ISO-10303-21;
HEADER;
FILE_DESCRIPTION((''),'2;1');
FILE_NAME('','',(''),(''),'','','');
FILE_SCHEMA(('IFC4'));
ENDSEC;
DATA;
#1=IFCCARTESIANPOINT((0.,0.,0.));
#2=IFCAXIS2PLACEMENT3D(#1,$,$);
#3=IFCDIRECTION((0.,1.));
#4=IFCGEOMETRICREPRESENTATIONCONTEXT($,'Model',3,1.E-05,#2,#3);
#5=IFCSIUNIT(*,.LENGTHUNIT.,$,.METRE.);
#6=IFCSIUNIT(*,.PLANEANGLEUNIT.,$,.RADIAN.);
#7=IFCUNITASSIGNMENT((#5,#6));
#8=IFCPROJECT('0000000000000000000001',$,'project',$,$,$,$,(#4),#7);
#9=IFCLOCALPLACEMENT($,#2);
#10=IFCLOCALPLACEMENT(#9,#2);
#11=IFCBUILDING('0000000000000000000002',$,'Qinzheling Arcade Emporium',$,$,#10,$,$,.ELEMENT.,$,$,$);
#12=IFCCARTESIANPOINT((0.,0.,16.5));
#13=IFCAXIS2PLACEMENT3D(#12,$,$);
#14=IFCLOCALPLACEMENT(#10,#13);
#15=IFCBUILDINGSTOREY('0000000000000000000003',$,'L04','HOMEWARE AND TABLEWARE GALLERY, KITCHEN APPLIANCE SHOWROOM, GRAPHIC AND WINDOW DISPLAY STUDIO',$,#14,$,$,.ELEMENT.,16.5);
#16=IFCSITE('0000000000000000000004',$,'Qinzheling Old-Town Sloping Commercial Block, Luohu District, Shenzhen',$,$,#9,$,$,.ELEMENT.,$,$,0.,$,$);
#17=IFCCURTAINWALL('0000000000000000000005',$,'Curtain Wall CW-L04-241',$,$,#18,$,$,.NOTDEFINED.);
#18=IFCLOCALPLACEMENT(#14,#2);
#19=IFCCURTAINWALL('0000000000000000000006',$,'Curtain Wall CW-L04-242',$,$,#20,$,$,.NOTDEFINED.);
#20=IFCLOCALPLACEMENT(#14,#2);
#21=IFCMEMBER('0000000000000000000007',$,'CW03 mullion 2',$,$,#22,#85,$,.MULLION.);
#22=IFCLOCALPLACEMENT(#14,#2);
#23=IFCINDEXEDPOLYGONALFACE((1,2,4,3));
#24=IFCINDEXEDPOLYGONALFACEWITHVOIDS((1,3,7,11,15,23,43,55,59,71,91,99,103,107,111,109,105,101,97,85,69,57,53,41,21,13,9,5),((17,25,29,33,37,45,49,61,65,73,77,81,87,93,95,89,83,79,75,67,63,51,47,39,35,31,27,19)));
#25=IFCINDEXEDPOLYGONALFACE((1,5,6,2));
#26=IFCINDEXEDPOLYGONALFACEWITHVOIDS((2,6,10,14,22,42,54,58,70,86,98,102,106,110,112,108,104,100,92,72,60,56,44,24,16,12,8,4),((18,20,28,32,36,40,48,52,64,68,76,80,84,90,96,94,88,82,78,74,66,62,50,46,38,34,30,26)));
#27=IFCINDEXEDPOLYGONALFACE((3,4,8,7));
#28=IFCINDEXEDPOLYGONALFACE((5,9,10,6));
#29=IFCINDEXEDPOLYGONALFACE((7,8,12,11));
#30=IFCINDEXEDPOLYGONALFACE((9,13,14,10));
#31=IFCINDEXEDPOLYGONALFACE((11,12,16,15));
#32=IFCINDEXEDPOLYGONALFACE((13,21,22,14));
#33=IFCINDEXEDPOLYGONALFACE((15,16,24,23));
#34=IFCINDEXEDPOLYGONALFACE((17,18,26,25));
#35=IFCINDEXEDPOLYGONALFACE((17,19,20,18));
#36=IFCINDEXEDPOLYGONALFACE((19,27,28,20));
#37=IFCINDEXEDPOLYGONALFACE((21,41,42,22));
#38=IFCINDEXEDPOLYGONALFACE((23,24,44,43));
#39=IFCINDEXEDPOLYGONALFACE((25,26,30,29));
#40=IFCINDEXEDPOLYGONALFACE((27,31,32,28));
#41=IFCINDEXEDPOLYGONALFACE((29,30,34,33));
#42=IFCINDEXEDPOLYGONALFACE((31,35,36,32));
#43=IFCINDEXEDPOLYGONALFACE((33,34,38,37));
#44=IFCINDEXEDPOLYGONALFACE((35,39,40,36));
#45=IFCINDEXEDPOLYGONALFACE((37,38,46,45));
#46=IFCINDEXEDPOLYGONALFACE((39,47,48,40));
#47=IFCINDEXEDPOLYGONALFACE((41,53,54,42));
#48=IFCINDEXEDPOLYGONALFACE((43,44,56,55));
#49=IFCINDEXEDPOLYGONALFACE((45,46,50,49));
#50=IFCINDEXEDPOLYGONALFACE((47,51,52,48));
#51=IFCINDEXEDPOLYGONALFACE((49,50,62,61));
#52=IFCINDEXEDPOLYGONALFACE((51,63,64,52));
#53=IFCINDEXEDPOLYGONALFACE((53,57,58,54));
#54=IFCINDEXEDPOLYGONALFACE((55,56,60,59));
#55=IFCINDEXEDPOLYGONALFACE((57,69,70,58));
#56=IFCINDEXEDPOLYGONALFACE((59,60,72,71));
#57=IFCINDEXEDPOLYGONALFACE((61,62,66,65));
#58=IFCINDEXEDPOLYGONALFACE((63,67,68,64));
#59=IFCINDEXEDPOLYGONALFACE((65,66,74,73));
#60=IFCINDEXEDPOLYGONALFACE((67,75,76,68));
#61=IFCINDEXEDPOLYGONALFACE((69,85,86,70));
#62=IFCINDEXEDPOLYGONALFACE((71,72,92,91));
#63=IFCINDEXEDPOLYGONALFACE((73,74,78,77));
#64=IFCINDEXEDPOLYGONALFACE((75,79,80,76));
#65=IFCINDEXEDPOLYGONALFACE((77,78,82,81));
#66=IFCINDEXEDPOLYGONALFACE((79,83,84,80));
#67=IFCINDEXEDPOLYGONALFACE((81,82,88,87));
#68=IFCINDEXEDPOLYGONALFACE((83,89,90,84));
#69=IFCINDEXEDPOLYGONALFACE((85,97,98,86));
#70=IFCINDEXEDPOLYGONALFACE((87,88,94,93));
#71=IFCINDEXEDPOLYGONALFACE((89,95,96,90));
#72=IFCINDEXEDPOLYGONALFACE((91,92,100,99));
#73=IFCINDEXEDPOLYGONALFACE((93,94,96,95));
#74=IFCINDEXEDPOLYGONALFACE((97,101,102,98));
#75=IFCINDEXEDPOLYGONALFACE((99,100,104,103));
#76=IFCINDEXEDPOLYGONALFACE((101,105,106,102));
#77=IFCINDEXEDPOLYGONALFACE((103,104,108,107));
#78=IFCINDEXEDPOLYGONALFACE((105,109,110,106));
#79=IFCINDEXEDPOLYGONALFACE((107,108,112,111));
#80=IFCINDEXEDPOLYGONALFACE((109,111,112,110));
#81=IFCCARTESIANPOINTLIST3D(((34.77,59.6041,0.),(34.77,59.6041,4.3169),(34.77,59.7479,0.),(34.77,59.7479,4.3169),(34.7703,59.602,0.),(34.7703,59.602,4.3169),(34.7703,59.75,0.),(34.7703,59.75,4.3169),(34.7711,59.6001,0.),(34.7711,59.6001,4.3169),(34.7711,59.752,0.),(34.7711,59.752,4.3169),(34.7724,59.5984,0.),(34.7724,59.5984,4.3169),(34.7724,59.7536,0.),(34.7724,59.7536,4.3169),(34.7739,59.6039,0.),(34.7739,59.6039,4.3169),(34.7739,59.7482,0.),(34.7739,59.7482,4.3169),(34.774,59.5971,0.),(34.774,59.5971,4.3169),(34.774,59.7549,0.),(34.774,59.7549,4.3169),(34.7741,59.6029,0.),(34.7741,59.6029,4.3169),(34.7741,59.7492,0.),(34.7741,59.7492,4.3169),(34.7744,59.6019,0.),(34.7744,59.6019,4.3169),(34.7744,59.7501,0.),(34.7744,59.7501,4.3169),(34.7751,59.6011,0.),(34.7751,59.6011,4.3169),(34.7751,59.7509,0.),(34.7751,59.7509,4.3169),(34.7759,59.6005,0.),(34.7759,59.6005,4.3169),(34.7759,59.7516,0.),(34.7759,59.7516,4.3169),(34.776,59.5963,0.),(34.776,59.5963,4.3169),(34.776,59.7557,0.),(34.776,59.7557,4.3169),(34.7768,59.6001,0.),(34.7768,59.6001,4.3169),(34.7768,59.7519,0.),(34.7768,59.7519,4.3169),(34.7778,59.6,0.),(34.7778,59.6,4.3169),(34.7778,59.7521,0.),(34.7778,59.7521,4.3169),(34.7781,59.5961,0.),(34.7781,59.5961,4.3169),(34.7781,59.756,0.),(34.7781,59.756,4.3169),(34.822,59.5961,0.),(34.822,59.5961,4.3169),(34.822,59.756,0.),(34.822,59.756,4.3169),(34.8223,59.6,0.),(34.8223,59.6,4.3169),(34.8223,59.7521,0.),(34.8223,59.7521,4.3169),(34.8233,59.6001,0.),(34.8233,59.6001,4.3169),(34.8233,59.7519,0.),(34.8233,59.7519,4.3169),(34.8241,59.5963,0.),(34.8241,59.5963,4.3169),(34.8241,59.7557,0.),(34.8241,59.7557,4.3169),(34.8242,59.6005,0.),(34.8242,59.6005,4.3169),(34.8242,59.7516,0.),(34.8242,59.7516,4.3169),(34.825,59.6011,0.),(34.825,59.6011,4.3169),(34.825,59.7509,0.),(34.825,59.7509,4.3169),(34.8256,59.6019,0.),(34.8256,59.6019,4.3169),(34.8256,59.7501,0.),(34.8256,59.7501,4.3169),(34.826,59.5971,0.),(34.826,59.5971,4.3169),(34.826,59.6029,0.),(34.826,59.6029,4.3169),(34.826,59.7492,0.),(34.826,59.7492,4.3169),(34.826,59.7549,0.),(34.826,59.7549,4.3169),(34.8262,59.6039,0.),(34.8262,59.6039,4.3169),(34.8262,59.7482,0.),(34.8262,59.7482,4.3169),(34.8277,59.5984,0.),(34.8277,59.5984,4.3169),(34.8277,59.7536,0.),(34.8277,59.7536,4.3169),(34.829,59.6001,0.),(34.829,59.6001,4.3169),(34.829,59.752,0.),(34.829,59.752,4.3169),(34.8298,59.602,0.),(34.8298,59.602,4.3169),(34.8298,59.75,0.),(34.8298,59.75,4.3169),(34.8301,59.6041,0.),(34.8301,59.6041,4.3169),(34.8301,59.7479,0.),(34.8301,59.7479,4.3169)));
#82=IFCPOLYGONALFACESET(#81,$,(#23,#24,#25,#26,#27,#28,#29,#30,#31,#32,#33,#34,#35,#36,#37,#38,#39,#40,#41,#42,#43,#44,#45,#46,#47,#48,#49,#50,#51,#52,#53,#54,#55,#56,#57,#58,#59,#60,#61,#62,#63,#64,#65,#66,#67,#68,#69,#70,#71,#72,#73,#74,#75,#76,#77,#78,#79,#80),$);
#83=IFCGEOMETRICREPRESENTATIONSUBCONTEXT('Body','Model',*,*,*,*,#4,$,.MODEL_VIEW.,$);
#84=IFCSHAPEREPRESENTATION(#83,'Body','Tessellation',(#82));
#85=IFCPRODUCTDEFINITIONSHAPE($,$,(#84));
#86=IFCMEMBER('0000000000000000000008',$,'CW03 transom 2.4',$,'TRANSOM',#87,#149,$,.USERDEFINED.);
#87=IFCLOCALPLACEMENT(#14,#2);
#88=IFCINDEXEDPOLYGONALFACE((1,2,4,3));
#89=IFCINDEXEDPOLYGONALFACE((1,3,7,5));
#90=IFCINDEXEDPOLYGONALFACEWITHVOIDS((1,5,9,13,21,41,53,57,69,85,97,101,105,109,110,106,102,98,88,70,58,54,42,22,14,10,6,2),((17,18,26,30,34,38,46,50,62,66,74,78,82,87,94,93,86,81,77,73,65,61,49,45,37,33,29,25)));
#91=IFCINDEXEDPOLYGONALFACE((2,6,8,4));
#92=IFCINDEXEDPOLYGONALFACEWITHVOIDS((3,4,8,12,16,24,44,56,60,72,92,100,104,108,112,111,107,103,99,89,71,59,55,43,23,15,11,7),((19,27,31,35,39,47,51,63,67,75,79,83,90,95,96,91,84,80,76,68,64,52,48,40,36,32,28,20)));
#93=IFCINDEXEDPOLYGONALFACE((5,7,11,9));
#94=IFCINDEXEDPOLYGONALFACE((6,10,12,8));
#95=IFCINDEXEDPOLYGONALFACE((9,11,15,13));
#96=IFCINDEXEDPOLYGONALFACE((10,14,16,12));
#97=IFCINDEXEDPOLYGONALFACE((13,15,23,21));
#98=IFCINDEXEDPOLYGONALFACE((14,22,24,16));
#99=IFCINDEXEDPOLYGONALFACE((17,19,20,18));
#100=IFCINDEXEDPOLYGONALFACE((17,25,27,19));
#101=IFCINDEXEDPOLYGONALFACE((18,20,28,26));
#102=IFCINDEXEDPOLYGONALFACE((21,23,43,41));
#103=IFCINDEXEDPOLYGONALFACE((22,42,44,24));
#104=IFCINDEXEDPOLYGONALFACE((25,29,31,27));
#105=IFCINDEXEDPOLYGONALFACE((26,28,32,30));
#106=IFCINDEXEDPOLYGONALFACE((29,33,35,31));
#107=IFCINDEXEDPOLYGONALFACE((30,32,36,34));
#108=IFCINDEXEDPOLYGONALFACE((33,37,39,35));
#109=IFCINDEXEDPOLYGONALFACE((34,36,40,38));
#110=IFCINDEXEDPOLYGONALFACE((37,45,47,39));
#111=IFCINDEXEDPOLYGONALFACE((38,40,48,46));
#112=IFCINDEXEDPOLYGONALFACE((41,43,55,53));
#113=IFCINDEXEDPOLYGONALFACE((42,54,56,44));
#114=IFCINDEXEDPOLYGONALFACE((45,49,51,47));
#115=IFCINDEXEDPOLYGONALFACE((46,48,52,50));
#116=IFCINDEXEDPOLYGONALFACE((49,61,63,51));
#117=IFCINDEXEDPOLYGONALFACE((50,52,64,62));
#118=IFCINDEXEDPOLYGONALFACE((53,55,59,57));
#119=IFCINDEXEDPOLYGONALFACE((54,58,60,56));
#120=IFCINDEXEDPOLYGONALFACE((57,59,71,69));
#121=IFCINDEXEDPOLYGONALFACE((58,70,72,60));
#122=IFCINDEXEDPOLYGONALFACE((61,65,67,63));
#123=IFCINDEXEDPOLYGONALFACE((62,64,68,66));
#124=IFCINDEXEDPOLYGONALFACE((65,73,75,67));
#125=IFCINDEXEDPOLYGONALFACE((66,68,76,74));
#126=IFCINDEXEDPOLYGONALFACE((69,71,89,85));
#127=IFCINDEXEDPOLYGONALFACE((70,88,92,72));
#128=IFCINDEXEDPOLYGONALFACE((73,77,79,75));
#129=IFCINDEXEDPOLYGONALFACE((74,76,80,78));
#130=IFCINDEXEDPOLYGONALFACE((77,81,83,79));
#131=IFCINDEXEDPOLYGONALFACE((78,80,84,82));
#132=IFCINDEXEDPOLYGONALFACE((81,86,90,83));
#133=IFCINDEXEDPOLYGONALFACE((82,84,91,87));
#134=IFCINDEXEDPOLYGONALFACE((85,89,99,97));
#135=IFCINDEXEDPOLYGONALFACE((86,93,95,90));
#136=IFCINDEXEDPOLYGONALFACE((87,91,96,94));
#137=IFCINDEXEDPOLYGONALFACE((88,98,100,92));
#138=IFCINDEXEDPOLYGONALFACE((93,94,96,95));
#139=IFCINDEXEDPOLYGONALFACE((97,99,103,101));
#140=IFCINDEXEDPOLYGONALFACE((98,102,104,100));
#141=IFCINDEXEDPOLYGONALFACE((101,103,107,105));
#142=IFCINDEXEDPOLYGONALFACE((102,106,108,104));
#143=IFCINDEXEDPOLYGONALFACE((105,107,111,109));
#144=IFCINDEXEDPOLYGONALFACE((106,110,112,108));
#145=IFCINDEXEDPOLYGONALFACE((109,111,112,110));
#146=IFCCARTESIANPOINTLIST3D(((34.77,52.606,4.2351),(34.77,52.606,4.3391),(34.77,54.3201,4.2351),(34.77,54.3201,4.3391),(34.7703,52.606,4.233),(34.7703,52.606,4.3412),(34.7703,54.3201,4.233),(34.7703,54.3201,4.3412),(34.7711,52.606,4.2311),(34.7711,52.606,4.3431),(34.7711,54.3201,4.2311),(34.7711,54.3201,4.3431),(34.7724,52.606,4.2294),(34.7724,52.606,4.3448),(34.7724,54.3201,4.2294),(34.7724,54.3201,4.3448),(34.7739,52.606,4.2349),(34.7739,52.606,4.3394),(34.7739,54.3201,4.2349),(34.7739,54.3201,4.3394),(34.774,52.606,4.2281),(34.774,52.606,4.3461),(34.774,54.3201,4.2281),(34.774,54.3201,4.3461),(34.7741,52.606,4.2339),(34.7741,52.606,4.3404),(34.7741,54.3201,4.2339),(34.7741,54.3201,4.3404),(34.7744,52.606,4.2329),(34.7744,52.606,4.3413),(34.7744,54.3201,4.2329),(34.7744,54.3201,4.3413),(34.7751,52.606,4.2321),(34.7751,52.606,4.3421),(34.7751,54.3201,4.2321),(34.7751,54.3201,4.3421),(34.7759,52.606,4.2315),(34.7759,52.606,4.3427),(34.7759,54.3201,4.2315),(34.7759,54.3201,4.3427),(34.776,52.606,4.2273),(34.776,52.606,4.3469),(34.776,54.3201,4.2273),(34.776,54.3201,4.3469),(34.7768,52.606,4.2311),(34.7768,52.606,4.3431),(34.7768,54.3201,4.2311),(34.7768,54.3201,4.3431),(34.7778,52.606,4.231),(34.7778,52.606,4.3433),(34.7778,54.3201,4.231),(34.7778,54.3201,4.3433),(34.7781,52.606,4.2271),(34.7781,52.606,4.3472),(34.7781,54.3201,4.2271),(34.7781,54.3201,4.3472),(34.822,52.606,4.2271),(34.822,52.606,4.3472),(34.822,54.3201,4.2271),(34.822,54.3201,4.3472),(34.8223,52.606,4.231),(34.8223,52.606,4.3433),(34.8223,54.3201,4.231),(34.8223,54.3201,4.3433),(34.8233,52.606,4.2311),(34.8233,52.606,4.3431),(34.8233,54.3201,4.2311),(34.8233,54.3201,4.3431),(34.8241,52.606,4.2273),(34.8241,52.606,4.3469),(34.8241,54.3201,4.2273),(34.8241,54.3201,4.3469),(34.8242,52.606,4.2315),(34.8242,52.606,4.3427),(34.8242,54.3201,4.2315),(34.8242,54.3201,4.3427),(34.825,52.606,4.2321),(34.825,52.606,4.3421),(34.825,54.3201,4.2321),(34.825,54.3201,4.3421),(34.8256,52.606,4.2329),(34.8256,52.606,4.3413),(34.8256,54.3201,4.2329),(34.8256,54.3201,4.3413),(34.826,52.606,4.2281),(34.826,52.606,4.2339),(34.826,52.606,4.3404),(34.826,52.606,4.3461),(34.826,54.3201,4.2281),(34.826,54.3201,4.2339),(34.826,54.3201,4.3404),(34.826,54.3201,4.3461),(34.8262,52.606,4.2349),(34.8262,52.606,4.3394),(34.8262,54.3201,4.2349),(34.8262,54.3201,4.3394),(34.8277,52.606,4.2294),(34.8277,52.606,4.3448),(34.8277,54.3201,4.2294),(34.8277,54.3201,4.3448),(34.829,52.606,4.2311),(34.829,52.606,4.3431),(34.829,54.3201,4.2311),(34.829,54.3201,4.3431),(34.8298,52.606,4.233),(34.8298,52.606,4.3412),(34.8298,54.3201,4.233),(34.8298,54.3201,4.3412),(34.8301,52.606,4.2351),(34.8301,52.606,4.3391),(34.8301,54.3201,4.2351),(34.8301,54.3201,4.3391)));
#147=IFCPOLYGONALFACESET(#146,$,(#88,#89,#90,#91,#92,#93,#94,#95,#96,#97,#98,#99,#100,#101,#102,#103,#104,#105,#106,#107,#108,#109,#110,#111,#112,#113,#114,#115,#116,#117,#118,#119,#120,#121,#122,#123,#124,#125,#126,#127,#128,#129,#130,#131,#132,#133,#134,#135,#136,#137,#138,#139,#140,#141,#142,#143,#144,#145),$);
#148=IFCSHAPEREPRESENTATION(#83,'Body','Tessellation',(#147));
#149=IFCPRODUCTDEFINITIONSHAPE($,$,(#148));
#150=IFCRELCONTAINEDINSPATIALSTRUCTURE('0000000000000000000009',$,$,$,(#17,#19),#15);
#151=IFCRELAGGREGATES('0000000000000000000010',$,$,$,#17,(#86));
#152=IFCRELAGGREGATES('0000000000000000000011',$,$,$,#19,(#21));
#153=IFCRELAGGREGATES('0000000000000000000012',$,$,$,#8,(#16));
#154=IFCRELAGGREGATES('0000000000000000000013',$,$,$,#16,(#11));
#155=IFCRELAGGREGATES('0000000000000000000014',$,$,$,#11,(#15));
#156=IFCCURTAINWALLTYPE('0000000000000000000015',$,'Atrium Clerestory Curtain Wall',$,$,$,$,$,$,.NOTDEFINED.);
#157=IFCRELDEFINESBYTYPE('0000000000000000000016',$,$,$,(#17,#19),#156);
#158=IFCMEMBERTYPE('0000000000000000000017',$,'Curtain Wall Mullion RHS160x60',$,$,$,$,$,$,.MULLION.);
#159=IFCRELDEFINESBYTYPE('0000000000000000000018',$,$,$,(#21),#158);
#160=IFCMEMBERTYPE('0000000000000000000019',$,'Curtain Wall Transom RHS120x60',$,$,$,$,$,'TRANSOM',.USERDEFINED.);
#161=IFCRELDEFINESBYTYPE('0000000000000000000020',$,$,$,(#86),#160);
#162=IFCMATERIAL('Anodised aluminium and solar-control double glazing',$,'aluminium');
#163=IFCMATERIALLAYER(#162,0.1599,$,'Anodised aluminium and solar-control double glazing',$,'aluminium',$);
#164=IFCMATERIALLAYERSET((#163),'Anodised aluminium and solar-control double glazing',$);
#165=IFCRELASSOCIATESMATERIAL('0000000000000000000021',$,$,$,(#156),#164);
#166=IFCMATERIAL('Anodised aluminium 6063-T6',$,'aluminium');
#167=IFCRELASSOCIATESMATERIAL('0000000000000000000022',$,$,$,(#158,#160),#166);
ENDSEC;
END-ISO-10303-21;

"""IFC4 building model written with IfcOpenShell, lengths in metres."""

from ifc_helpers import new_model, si_unit, direction, frame, origin, origin_2d, place, context, subcontext, project, spatial, hollow_rectangle, extrude, material, layer, layer_set, material_profile, profile_set, type_object, element, aggregate, save


model = new_model("IFC4")

# Units and contexts
model_context = context("Model", 3, precision=1e-05, world=origin(), true_north=direction((0.0, 1.0)))
body_context = subcontext(model_context, "Body", "Model", "MODEL_VIEW")
ifc_project = project(units=[si_unit("LENGTHUNIT", "METRE"), si_unit("PLANEANGLEUNIT", "RADIAN")], contexts=[model_context])

# Site, building, storey
site_placement = place(None, origin())
site = spatial("IfcSite", under=ifc_project, at=site_placement, Name="Qinzheling Old-Town Sloping Commercial Block, Luohu District, Shenzhen", CompositionType="ELEMENT", RefElevation=0.0)
building_placement = place(site_placement, origin())
building = spatial("IfcBuilding", under=site, at=building_placement, Name="Qinzheling Arcade Emporium", CompositionType="ELEMENT")
storey_placement = place(building_placement, frame((0.0, 0.0, 16.5)))
storey = spatial("IfcBuildingStorey", under=building, at=storey_placement, Name="L04", Description="HOMEWARE AND TABLEWARE GALLERY, KITCHEN APPLIANCE SHOWROOM, GRAPHIC AND WINDOW DISPLAY STUDIO", CompositionType="ELEMENT", Elevation=16.5)

# Curtain walls, member
ifc_material_1 = material(Name="Anodised aluminium and solar-control double glazing", Category="aluminium")
ifc_layer_1 = layer(ifc_material_1, 0.1599, Name="Anodised aluminium and solar-control double glazing", Category="aluminium")
ifc_layer_set_1 = layer_set([ifc_layer_1], Name="Anodised aluminium and solar-control double glazing")
curtain_wall_type = type_object("IfcCurtainWallType", Name="Atrium Clerestory Curtain Wall", PredefinedType="NOTDEFINED", material=ifc_layer_set_1)
curtain_wall_1_placement = place(storey_placement, origin())
curtain_wall_1 = element("IfcCurtainWall", 1, at=curtain_wall_1_placement, inside=storey, type_object=curtain_wall_type, Name="Curtain Wall CW-L04-241", PredefinedType="NOTDEFINED")
ifc_material_2 = material(Name="Anodised aluminium 6063-T6", Category="aluminium")
ifc_material_profile_1 = material_profile(ifc_material_2, hollow_rectangle(XDim=0.0601, YDim=0.1599, WallThickness=0.0039, InnerFilletRadius=0.0039, OuterFilletRadius=0.0081, at=origin_2d()), Name="RHS 160x60x4", Category="aluminium")
ifc_profile_set_1 = profile_set([ifc_material_profile_1], Name="Anodised aluminium 6063-T6")
member_type_1 = type_object("IfcMemberType", Name="Curtain Wall Mullion RHS160x60", PredefinedType="MULLION", material=ifc_profile_set_1)
curtain_wall_2_placement = place(storey_placement, origin())
curtain_wall_2 = element("IfcCurtainWall", 2, at=curtain_wall_2_placement, inside=storey, type_object=curtain_wall_type, Name="Curtain Wall CW-L04-242", PredefinedType="NOTDEFINED")
member_1_placement = place(storey_placement, frame((34.8, 59.676, 0.0), z_axis=(0.0, 0.0, 1.0), x_axis=(-1.0, 0.0, 0.0)))
member_1 = element("IfcMember", 3, at=member_1_placement, type_object=member_type_1, Name="CW03 mullion 2", PredefinedType="MULLION", context=body_context, shape_type="SweptSolid", body=[
    extrude(hollow_rectangle(XDim=0.0601, YDim=0.1599, WallThickness=0.0039, InnerFilletRadius=0.0039, OuterFilletRadius=0.0081, at=origin_2d()), origin(), (0.0, 0.0, 1.0), 4.3169),
])

# Member
ifc_material_profile_2 = material_profile(ifc_material_2, hollow_rectangle(XDim=0.0601, YDim=0.1201, WallThickness=0.0039, InnerFilletRadius=0.0039, OuterFilletRadius=0.0081, at=origin_2d()), Name="RHS 120x60x4", Category="aluminium")
ifc_profile_set_2 = profile_set([ifc_material_profile_2], Name="Anodised aluminium 6063-T6")
member_type_2 = type_object("IfcMemberType", Name="Curtain Wall Transom RHS120x60", ElementType="TRANSOM", PredefinedType="USERDEFINED", material=ifc_profile_set_2)
member_2_placement = place(storey_placement, frame((34.8, 52.606, 4.2871), z_axis=(0.0, 1.0, 0.0), x_axis=(-1.0, 0.0, 0.0)))
member_2 = element("IfcMember", 4, at=member_2_placement, type_object=member_type_2, Name="CW03 transom 2.4", ObjectType="TRANSOM", PredefinedType="USERDEFINED", context=body_context, shape_type="SweptSolid", body=[
    extrude(hollow_rectangle(XDim=0.0601, YDim=0.1201, WallThickness=0.0039, InnerFilletRadius=0.0039, OuterFilletRadius=0.0081, at=origin_2d()), origin(), (0.0, 0.0, 1.0), 1.7141),
])

aggregate(curtain_wall_1, [member_2])
aggregate(curtain_wall_2, [member_1])

save(model, "model.ifc")
